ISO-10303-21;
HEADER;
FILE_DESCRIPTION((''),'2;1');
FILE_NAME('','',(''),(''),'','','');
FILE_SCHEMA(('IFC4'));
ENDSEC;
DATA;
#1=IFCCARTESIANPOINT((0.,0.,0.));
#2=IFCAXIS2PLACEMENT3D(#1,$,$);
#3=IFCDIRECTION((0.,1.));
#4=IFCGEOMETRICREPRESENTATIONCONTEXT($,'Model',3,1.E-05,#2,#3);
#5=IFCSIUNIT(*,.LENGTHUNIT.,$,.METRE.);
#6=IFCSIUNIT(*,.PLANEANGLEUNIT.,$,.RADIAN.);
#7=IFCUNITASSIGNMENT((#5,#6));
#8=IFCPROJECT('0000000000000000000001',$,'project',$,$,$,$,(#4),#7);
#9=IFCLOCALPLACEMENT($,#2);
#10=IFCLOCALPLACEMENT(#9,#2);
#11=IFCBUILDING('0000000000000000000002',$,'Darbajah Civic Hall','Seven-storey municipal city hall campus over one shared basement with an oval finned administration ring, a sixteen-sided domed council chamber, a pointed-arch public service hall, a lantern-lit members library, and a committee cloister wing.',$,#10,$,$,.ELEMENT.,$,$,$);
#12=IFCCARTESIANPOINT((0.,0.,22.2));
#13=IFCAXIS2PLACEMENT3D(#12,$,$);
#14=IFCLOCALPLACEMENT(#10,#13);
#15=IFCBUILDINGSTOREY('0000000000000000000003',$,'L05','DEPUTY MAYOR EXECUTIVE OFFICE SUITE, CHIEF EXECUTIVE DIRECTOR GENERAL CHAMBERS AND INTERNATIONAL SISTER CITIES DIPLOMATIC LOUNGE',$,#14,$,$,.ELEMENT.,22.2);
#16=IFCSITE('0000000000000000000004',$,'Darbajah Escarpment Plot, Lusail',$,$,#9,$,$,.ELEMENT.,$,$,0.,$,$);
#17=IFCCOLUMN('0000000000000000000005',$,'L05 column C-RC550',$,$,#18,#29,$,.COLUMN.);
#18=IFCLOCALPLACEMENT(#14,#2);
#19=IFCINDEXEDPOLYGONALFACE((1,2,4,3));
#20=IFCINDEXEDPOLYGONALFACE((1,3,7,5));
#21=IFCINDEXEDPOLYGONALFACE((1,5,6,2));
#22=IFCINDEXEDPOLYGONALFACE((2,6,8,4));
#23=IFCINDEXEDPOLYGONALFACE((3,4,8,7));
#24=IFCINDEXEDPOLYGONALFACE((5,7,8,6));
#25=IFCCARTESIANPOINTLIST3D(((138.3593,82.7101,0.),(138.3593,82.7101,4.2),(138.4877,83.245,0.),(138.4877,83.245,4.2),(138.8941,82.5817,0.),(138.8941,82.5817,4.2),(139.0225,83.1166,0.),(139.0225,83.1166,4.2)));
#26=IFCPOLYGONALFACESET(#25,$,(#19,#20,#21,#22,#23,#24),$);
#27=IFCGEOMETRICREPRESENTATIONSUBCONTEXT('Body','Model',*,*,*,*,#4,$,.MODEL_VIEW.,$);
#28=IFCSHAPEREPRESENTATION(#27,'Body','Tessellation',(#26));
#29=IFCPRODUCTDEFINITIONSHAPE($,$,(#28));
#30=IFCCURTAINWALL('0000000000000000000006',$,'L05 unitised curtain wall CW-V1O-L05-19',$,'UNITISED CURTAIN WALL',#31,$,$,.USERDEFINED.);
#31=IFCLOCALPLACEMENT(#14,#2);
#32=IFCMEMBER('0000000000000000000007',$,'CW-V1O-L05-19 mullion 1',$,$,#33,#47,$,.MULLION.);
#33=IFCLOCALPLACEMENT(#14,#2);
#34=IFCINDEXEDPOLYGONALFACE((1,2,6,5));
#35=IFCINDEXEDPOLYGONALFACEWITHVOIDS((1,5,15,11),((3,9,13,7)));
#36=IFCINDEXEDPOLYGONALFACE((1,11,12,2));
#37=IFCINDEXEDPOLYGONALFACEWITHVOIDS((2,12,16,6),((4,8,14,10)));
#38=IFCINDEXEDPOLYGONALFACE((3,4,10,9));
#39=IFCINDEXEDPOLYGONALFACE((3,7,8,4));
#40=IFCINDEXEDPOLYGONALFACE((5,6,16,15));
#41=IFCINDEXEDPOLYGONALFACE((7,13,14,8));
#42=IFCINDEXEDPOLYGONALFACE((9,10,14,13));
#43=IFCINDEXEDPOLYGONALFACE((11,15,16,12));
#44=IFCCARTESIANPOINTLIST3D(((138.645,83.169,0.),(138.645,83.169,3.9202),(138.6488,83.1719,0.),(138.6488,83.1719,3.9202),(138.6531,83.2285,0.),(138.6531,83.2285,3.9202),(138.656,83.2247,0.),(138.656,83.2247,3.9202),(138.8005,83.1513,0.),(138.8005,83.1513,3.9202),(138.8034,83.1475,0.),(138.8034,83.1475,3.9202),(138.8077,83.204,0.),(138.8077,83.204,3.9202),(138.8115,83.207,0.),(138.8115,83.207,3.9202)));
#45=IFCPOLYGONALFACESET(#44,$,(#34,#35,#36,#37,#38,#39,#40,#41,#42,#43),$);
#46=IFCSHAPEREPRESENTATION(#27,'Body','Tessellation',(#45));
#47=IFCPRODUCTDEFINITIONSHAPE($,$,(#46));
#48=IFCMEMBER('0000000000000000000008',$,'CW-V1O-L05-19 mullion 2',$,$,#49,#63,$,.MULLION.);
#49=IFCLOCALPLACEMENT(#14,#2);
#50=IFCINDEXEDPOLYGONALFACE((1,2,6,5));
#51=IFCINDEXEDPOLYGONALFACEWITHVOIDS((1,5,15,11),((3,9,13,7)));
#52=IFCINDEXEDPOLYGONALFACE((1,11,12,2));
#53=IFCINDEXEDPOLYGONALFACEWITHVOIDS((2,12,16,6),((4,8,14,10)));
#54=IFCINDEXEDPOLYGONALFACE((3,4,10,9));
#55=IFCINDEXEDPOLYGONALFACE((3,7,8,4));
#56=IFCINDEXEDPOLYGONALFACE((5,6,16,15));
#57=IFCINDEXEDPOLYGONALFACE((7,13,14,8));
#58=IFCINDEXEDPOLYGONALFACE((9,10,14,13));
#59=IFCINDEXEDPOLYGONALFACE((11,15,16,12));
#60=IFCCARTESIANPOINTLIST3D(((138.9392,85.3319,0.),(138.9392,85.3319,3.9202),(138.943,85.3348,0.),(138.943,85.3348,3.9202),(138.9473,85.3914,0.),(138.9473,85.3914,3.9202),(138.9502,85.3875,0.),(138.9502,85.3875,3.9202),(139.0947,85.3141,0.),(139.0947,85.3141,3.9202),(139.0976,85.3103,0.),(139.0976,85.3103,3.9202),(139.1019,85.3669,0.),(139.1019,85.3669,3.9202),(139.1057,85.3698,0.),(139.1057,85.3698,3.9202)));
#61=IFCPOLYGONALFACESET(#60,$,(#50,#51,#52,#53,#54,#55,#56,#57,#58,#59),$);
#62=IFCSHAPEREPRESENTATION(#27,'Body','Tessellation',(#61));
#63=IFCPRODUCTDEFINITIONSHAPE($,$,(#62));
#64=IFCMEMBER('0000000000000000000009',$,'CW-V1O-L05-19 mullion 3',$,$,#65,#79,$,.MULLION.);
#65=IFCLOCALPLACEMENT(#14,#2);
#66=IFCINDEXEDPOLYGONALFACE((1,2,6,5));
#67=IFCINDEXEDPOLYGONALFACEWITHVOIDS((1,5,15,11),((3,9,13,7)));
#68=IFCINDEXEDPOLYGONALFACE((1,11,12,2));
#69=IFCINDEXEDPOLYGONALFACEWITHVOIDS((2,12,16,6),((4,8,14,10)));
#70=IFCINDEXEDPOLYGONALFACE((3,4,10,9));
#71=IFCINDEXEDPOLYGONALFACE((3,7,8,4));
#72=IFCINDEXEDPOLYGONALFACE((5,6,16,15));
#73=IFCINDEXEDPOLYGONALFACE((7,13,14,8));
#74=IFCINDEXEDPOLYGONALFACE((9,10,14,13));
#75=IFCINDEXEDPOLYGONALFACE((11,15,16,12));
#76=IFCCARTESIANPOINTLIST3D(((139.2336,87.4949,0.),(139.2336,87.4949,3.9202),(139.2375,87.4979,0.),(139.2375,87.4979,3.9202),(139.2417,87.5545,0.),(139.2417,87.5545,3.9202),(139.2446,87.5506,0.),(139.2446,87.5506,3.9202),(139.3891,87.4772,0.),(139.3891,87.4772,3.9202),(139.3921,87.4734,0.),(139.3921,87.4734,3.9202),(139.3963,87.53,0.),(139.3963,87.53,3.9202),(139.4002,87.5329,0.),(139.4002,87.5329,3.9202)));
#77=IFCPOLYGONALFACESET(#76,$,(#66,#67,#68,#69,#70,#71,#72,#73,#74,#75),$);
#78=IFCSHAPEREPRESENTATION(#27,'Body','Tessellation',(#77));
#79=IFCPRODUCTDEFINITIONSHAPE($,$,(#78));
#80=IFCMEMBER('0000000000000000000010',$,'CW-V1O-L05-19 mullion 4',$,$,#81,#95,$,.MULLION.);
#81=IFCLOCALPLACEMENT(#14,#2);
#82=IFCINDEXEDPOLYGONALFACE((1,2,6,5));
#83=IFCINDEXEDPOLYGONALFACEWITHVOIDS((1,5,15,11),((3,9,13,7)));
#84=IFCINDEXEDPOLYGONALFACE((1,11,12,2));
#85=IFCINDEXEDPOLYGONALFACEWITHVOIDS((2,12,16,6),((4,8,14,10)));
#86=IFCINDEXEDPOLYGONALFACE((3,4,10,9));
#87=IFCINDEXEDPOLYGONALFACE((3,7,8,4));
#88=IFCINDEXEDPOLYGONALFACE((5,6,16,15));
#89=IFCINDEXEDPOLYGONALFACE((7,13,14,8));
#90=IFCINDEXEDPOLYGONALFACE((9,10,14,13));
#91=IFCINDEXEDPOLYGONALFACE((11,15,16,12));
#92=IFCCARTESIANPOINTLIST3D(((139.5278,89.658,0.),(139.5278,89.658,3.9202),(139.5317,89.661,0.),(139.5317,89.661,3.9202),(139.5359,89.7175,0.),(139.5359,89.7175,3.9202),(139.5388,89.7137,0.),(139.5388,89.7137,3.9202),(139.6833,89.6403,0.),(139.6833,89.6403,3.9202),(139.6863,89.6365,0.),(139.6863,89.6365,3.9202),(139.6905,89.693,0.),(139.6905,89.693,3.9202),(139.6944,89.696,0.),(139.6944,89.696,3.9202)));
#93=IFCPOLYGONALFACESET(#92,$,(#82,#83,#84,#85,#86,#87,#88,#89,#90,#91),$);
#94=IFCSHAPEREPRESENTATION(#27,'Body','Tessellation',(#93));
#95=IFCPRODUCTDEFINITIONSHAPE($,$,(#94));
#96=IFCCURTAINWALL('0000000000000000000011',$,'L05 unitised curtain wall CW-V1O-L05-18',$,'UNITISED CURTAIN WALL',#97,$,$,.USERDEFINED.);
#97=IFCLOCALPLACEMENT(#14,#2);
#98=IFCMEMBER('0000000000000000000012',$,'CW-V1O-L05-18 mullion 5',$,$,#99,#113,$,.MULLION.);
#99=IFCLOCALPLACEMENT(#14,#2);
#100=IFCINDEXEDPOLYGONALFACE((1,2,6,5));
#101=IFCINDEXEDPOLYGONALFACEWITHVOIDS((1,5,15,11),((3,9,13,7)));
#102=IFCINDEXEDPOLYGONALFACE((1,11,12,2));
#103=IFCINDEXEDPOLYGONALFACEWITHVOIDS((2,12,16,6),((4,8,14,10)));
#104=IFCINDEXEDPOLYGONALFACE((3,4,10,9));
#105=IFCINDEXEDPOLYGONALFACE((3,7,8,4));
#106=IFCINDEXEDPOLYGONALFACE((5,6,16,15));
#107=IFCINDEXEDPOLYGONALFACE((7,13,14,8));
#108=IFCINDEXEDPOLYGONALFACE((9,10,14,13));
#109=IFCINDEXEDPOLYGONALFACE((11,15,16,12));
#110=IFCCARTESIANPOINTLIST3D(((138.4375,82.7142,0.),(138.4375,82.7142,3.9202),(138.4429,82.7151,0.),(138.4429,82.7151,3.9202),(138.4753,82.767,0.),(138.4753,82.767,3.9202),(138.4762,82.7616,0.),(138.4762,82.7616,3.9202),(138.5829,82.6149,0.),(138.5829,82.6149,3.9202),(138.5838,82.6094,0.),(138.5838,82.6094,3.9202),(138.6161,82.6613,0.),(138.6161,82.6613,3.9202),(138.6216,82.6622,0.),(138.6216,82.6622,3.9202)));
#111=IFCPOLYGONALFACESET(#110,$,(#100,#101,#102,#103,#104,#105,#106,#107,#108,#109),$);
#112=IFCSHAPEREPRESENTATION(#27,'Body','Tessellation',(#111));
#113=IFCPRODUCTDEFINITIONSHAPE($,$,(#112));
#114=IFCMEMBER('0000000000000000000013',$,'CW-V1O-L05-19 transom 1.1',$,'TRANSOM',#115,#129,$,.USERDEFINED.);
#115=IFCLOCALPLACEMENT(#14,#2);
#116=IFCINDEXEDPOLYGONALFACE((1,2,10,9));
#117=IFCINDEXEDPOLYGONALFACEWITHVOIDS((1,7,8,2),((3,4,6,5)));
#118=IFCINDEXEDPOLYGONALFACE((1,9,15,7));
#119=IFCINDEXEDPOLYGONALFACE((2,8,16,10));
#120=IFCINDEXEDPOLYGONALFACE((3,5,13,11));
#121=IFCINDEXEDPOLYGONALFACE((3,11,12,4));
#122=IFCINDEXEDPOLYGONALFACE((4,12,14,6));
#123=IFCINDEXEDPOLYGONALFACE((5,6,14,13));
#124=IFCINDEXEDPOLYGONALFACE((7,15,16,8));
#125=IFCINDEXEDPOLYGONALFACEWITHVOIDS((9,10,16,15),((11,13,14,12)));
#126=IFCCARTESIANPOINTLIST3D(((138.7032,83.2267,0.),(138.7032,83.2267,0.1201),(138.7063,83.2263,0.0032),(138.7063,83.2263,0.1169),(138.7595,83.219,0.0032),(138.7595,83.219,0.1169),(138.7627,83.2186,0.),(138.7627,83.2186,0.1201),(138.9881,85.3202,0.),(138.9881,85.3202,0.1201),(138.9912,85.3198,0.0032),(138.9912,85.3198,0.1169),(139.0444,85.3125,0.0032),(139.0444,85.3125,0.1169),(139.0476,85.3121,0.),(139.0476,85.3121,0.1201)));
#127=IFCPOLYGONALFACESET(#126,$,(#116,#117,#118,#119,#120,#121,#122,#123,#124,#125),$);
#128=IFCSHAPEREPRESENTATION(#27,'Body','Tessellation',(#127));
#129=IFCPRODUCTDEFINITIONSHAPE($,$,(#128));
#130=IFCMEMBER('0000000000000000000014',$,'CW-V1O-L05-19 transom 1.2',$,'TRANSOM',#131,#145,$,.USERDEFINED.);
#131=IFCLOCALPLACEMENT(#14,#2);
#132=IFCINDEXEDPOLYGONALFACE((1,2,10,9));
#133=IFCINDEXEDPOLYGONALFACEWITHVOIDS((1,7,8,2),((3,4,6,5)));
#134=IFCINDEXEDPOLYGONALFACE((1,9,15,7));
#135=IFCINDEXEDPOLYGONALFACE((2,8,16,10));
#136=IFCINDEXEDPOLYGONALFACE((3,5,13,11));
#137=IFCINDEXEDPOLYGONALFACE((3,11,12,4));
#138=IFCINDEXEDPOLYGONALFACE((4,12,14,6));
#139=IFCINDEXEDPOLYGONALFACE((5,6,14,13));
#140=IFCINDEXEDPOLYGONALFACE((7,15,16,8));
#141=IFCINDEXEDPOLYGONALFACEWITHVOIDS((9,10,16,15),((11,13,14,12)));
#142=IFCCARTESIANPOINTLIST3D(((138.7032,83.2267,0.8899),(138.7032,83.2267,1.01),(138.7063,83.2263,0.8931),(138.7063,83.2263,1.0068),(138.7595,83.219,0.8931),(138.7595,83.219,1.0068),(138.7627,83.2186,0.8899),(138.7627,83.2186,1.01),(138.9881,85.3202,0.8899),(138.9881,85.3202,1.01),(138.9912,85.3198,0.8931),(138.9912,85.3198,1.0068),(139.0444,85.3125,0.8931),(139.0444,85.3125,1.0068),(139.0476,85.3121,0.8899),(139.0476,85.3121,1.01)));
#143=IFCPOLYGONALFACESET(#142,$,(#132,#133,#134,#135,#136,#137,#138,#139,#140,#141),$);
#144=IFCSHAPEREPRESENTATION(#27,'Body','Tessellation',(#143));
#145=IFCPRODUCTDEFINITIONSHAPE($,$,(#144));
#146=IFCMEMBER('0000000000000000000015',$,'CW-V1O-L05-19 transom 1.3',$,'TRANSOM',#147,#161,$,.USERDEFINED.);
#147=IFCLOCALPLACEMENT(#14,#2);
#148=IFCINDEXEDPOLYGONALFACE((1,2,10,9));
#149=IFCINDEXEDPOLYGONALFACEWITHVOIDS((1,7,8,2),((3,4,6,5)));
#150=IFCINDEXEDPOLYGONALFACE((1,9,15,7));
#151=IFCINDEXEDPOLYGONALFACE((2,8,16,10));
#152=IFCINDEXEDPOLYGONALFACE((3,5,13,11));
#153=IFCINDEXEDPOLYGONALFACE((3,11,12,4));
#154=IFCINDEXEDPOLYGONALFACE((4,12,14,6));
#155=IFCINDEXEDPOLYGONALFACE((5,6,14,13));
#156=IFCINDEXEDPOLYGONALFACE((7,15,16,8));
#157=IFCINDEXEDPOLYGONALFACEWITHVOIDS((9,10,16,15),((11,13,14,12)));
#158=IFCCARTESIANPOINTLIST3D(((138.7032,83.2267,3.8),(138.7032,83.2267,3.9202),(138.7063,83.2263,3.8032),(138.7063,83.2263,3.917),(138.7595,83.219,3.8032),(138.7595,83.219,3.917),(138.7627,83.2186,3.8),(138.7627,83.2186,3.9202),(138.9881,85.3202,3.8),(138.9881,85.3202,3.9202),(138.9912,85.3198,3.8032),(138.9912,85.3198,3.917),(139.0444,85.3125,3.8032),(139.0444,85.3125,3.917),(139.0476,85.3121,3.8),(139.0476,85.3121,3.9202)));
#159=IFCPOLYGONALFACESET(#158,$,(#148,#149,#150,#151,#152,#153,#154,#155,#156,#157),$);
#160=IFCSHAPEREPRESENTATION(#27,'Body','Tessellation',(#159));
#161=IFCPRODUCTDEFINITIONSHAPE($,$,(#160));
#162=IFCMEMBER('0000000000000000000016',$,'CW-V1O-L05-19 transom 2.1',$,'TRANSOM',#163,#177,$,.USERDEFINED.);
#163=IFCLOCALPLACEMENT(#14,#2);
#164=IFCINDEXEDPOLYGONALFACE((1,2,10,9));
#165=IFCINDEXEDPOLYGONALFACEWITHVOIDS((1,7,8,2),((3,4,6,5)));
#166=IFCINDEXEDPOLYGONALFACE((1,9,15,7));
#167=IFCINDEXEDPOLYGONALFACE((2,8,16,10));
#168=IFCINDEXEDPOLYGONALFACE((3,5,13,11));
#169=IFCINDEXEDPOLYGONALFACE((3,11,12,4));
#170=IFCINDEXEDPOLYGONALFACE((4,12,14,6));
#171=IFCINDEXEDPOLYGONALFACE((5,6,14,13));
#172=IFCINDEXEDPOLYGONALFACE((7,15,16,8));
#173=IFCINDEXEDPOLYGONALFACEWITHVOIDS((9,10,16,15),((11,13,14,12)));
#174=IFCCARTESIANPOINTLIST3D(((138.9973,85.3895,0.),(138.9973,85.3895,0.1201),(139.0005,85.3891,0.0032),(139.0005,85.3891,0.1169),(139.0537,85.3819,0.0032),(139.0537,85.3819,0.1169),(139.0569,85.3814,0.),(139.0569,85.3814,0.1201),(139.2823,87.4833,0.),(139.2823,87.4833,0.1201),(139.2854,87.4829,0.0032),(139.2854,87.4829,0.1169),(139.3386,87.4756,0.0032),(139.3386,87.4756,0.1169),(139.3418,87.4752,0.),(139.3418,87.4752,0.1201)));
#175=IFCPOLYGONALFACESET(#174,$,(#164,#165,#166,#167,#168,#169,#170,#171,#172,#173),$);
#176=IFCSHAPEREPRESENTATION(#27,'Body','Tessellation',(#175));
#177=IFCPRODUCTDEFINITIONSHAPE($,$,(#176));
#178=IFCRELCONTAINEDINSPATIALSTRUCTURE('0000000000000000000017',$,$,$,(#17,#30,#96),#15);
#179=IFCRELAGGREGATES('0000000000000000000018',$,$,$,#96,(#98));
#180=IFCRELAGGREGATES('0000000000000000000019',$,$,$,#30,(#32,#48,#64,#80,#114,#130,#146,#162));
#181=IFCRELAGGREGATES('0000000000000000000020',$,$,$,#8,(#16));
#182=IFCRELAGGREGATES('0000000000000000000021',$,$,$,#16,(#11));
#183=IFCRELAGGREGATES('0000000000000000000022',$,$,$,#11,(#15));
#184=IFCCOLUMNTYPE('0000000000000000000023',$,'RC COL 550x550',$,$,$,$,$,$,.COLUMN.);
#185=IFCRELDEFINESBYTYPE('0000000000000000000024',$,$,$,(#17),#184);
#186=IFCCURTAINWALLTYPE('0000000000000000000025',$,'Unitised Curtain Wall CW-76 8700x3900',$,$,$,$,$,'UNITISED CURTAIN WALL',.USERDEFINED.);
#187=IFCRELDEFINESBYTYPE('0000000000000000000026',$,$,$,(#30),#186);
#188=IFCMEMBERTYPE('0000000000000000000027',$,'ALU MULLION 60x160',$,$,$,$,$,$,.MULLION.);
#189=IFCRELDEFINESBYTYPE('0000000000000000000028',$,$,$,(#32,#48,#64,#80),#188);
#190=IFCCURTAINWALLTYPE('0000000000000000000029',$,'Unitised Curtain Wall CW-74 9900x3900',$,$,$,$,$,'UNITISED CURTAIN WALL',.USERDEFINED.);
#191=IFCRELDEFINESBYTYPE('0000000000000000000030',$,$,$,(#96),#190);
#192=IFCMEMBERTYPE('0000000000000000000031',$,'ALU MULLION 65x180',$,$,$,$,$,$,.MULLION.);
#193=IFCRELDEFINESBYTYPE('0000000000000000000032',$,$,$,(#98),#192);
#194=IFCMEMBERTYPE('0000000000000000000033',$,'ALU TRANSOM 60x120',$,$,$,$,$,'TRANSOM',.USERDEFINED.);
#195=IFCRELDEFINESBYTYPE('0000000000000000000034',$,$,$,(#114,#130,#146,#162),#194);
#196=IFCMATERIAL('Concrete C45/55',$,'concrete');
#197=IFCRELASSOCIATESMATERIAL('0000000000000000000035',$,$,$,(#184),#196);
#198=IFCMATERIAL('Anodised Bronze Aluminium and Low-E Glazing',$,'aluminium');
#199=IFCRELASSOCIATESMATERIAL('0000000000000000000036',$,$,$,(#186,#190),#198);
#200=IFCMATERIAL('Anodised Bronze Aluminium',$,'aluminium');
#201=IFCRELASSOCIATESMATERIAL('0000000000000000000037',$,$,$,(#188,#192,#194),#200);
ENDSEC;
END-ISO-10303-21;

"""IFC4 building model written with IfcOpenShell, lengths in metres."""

from ifc_helpers import new_model, si_unit, direction, frame, origin, origin_2d, place, context, subcontext, project, spatial, rectangle, hollow_rectangle, extrude, material, material_profile, profile_set, type_object, element, aggregate, save


model = new_model("IFC4")

# Units and contexts
model_context = context("Model", 3, precision=1e-05, world=origin(), true_north=direction((0.0, 1.0)))
body_context = subcontext(model_context, "Body", "Model", "MODEL_VIEW")
ifc_project = project(units=[si_unit("LENGTHUNIT", "METRE"), si_unit("PLANEANGLEUNIT", "RADIAN")], contexts=[model_context])

# Site, building, storey
site_placement = place(None, origin())
site = spatial("IfcSite", under=ifc_project, at=site_placement, Name="Darbajah Escarpment Plot, Lusail", CompositionType="ELEMENT", RefElevation=0.0)
building_placement = place(site_placement, origin())
building = spatial("IfcBuilding", under=site, at=building_placement, Name="Darbajah Civic Hall", Description="Seven-storey municipal city hall campus over one shared basement with an oval finned administration ring, a sixteen-sided domed council chamber, a pointed-arch public service hall, a lantern-lit members library, and a committee cloister wing.", CompositionType="ELEMENT")
storey_placement = place(building_placement, frame((0.0, 0.0, 22.2)))
storey = spatial("IfcBuildingStorey", under=building, at=storey_placement, Name="L05", Description="DEPUTY MAYOR EXECUTIVE OFFICE SUITE, CHIEF EXECUTIVE DIRECTOR GENERAL CHAMBERS AND INTERNATIONAL SISTER CITIES DIPLOMATIC LOUNGE", CompositionType="ELEMENT", Elevation=22.2)

# Column
ifc_material_1 = material(Name="Concrete C45/55", Category="concrete")
ifc_material_profile_1 = material_profile(ifc_material_1, rectangle(XDim=0.55, YDim=0.55, at=origin_2d()), Name="RC COL 550x550")
ifc_profile_set_1 = profile_set([ifc_material_profile_1], Name="Concrete C45/55")
column_type = type_object("IfcColumnType", Name="RC COL 550x550", PredefinedType="COLUMN", material=ifc_profile_set_1)
column_placement = place(storey_placement, frame((138.6909, 82.9133, 0.0), z_axis=(0.0, 0.0, 1.0), x_axis=(0.97237, -0.233445, 0.0)))
element("IfcColumn", 1, at=column_placement, inside=storey, type_object=column_type, Name="L05 column C-RC550", PredefinedType="COLUMN", context=body_context, shape_type="SweptSolid", body=[
    extrude(rectangle(XDim=0.55, YDim=0.55, at=origin_2d()), origin(), (0.0, 0.0, 1.0), 4.2),
])

# Curtain wall, members
ifc_material_2 = material(Name="Anodised Bronze Aluminium and Low-E Glazing", Category="aluminium")
curtain_wall_type_1 = type_object("IfcCurtainWallType", Name="Unitised Curtain Wall CW-76 8700x3900", ElementType="UNITISED CURTAIN WALL", PredefinedType="USERDEFINED", material=ifc_material_2)
curtain_wall_1_placement = place(storey_placement, origin())
curtain_wall_1 = element("IfcCurtainWall", 2, at=curtain_wall_1_placement, inside=storey, type_object=curtain_wall_type_1, Name="L05 unitised curtain wall CW-V1O-L05-19", ObjectType="UNITISED CURTAIN WALL", PredefinedType="USERDEFINED")
ifc_material_3 = material(Name="Anodised Bronze Aluminium", Category="aluminium")
ifc_material_profile_2 = material_profile(ifc_material_3, hollow_rectangle(XDim=0.0601, YDim=0.1599, WallThickness=0.0034, at=origin_2d()), Name="ALU MULLION 60x160")
ifc_profile_set_2 = profile_set([ifc_material_profile_2], Name="Anodised Bronze Aluminium")
member_type_1 = type_object("IfcMemberType", Name="ALU MULLION 60x160", PredefinedType="MULLION", material=ifc_profile_set_2)
member_1_placement = place(storey_placement, frame((138.7283, 83.188, 0.0), z_axis=(0.0, 0.0, 1.0), x_axis=(0.134851, 0.990866, 0.0)))
member_1 = element("IfcMember", 3, at=member_1_placement, type_object=member_type_1, Name="CW-V1O-L05-19 mullion 1", PredefinedType="MULLION", context=body_context, shape_type="SweptSolid", body=[
    extrude(hollow_rectangle(XDim=0.0601, YDim=0.1599, WallThickness=0.0034, at=origin_2d()), origin(), (0.0, 0.0, 1.0), 3.9202),
])
member_2_placement = place(storey_placement, frame((139.0225, 85.3508, 0.0), z_axis=(0.0, 0.0, 1.0), x_axis=(0.134851, 0.990866, 0.0)))
member_2 = element("IfcMember", 4, at=member_2_placement, type_object=member_type_1, Name="CW-V1O-L05-19 mullion 2", PredefinedType="MULLION", context=body_context, shape_type="SweptSolid", body=[
    extrude(hollow_rectangle(XDim=0.0601, YDim=0.1599, WallThickness=0.0034, at=origin_2d()), origin(), (0.0, 0.0, 1.0), 3.9202),
])
member_3_placement = place(storey_placement, frame((139.3169, 87.5139, 0.0), z_axis=(0.0, 0.0, 1.0), x_axis=(0.134851, 0.990866, 0.0)))
member_3 = element("IfcMember", 5, at=member_3_placement, type_object=member_type_1, Name="CW-V1O-L05-19 mullion 3", PredefinedType="MULLION", context=body_context, shape_type="SweptSolid", body=[
    extrude(hollow_rectangle(XDim=0.0601, YDim=0.1599, WallThickness=0.0034, at=origin_2d()), origin(), (0.0, 0.0, 1.0), 3.9202),
])
member_4_placement = place(storey_placement, frame((139.6111, 89.677, 0.0), z_axis=(0.0, 0.0, 1.0), x_axis=(0.134851, 0.990866, 0.0)))
member_4 = element("IfcMember", 6, at=member_4_placement, type_object=member_type_1, Name="CW-V1O-L05-19 mullion 4", PredefinedType="MULLION", context=body_context, shape_type="SweptSolid", body=[
    extrude(hollow_rectangle(XDim=0.0601, YDim=0.1599, WallThickness=0.0034, at=origin_2d()), origin(), (0.0, 0.0, 1.0), 3.9202),
])

# Curtain wall, member
curtain_wall_type_2 = type_object("IfcCurtainWallType", Name="Unitised Curtain Wall CW-74 9900x3900", ElementType="UNITISED CURTAIN WALL", PredefinedType="USERDEFINED", material=ifc_material_2)
curtain_wall_2_placement = place(storey_placement, origin())
curtain_wall_2 = element("IfcCurtainWall", 7, at=curtain_wall_2_placement, inside=storey, type_object=curtain_wall_type_2, Name="L05 unitised curtain wall CW-V1O-L05-18", ObjectType="UNITISED CURTAIN WALL", PredefinedType="USERDEFINED")
ifc_material_profile_3 = material_profile(ifc_material_3, hollow_rectangle(XDim=0.0649, YDim=0.1799, WallThickness=0.0039, at=origin_2d()), Name="ALU MULLION 65x180")
ifc_profile_set_3 = profile_set([ifc_material_profile_3], Name="Anodised Bronze Aluminium")
member_type_2 = type_object("IfcMemberType", Name="ALU MULLION 65x180", PredefinedType="MULLION", material=ifc_profile_set_3)
member_5_placement = place(storey_placement, frame((138.5295, 82.6882, 0.0), z_axis=(0.0, 0.0, 1.0), x_axis=(0.582265, 0.812999, 0.0)))
member_5 = element("IfcMember", 8, at=member_5_placement, type_object=member_type_2, Name="CW-V1O-L05-18 mullion 5", PredefinedType="MULLION", context=body_context, shape_type="SweptSolid", body=[
    extrude(hollow_rectangle(XDim=0.0649, YDim=0.1799, WallThickness=0.0039, at=origin_2d()), origin(), (0.0, 0.0, 1.0), 3.9202),
])
aggregate(curtain_wall_2, [member_5])

# Members
ifc_material_profile_4 = material_profile(ifc_material_3, hollow_rectangle(XDim=0.0601, YDim=0.1201, WallThickness=0.0032, at=origin_2d()), Name="ALU TRANSOM 60x120")
ifc_profile_set_4 = profile_set([ifc_material_profile_4], Name="Anodised Bronze Aluminium")
member_type_3 = type_object("IfcMemberType", Name="ALU TRANSOM 60x120", ElementType="TRANSOM", PredefinedType="USERDEFINED", material=ifc_profile_set_4)
member_6_placement = place(storey_placement, frame((138.7329, 83.2227, 0.0601), z_axis=(0.13485, 0.990866, 0.0), x_axis=(-0.990866, 0.13485, 0.0)))
member_6 = element("IfcMember", 9, at=member_6_placement, type_object=member_type_3, Name="CW-V1O-L05-19 transom 1.1", ObjectType="TRANSOM", PredefinedType="USERDEFINED", context=body_context, shape_type="SweptSolid", body=[
    extrude(hollow_rectangle(XDim=0.0601, YDim=0.1201, WallThickness=0.0032, at=origin_2d()), origin(), (0.0, 0.0, 1.0), 2.1128),
])
member_7_placement = place(storey_placement, frame((138.7329, 83.2227, 0.95), z_axis=(0.13485, 0.990866, 0.0), x_axis=(-0.990866, 0.13485, 0.0)))
member_7 = element("IfcMember", 10, at=member_7_placement, type_object=member_type_3, Name="CW-V1O-L05-19 transom 1.2", ObjectType="TRANSOM", PredefinedType="USERDEFINED", context=body_context, shape_type="SweptSolid", body=[
    extrude(hollow_rectangle(XDim=0.0601, YDim=0.1201, WallThickness=0.0032, at=origin_2d()), origin(), (0.0, 0.0, 1.0), 2.1128),
])
member_8_placement = place(storey_placement, frame((138.7329, 83.2227, 3.8601), z_axis=(0.13485, 0.990866, 0.0), x_axis=(-0.990866, 0.13485, 0.0)))
member_8 = element("IfcMember", 11, at=member_8_placement, type_object=member_type_3, Name="CW-V1O-L05-19 transom 1.3", ObjectType="TRANSOM", PredefinedType="USERDEFINED", context=body_context, shape_type="SweptSolid", body=[
    extrude(hollow_rectangle(XDim=0.0601, YDim=0.1201, WallThickness=0.0032, at=origin_2d()), origin(), (0.0, 0.0, 1.0), 2.1128),
])
member_9_placement = place(storey_placement, frame((139.0271, 85.3855, 0.0601), z_axis=(0.134835, 0.990868, 0.0), x_axis=(-0.990868, 0.134835, 0.0)))
member_9 = element("IfcMember", 12, at=member_9_placement, type_object=member_type_3, Name="CW-V1O-L05-19 transom 2.1", ObjectType="TRANSOM", PredefinedType="USERDEFINED", context=body_context, shape_type="SweptSolid", body=[
    extrude(hollow_rectangle(XDim=0.0601, YDim=0.1201, WallThickness=0.0032, at=origin_2d()), origin(), (0.0, 0.0, 1.0), 2.113),
])

aggregate(curtain_wall_1, [member_1, member_2, member_3, member_4, member_6, member_7, member_8, member_9])

save(model, "model.ifc")
